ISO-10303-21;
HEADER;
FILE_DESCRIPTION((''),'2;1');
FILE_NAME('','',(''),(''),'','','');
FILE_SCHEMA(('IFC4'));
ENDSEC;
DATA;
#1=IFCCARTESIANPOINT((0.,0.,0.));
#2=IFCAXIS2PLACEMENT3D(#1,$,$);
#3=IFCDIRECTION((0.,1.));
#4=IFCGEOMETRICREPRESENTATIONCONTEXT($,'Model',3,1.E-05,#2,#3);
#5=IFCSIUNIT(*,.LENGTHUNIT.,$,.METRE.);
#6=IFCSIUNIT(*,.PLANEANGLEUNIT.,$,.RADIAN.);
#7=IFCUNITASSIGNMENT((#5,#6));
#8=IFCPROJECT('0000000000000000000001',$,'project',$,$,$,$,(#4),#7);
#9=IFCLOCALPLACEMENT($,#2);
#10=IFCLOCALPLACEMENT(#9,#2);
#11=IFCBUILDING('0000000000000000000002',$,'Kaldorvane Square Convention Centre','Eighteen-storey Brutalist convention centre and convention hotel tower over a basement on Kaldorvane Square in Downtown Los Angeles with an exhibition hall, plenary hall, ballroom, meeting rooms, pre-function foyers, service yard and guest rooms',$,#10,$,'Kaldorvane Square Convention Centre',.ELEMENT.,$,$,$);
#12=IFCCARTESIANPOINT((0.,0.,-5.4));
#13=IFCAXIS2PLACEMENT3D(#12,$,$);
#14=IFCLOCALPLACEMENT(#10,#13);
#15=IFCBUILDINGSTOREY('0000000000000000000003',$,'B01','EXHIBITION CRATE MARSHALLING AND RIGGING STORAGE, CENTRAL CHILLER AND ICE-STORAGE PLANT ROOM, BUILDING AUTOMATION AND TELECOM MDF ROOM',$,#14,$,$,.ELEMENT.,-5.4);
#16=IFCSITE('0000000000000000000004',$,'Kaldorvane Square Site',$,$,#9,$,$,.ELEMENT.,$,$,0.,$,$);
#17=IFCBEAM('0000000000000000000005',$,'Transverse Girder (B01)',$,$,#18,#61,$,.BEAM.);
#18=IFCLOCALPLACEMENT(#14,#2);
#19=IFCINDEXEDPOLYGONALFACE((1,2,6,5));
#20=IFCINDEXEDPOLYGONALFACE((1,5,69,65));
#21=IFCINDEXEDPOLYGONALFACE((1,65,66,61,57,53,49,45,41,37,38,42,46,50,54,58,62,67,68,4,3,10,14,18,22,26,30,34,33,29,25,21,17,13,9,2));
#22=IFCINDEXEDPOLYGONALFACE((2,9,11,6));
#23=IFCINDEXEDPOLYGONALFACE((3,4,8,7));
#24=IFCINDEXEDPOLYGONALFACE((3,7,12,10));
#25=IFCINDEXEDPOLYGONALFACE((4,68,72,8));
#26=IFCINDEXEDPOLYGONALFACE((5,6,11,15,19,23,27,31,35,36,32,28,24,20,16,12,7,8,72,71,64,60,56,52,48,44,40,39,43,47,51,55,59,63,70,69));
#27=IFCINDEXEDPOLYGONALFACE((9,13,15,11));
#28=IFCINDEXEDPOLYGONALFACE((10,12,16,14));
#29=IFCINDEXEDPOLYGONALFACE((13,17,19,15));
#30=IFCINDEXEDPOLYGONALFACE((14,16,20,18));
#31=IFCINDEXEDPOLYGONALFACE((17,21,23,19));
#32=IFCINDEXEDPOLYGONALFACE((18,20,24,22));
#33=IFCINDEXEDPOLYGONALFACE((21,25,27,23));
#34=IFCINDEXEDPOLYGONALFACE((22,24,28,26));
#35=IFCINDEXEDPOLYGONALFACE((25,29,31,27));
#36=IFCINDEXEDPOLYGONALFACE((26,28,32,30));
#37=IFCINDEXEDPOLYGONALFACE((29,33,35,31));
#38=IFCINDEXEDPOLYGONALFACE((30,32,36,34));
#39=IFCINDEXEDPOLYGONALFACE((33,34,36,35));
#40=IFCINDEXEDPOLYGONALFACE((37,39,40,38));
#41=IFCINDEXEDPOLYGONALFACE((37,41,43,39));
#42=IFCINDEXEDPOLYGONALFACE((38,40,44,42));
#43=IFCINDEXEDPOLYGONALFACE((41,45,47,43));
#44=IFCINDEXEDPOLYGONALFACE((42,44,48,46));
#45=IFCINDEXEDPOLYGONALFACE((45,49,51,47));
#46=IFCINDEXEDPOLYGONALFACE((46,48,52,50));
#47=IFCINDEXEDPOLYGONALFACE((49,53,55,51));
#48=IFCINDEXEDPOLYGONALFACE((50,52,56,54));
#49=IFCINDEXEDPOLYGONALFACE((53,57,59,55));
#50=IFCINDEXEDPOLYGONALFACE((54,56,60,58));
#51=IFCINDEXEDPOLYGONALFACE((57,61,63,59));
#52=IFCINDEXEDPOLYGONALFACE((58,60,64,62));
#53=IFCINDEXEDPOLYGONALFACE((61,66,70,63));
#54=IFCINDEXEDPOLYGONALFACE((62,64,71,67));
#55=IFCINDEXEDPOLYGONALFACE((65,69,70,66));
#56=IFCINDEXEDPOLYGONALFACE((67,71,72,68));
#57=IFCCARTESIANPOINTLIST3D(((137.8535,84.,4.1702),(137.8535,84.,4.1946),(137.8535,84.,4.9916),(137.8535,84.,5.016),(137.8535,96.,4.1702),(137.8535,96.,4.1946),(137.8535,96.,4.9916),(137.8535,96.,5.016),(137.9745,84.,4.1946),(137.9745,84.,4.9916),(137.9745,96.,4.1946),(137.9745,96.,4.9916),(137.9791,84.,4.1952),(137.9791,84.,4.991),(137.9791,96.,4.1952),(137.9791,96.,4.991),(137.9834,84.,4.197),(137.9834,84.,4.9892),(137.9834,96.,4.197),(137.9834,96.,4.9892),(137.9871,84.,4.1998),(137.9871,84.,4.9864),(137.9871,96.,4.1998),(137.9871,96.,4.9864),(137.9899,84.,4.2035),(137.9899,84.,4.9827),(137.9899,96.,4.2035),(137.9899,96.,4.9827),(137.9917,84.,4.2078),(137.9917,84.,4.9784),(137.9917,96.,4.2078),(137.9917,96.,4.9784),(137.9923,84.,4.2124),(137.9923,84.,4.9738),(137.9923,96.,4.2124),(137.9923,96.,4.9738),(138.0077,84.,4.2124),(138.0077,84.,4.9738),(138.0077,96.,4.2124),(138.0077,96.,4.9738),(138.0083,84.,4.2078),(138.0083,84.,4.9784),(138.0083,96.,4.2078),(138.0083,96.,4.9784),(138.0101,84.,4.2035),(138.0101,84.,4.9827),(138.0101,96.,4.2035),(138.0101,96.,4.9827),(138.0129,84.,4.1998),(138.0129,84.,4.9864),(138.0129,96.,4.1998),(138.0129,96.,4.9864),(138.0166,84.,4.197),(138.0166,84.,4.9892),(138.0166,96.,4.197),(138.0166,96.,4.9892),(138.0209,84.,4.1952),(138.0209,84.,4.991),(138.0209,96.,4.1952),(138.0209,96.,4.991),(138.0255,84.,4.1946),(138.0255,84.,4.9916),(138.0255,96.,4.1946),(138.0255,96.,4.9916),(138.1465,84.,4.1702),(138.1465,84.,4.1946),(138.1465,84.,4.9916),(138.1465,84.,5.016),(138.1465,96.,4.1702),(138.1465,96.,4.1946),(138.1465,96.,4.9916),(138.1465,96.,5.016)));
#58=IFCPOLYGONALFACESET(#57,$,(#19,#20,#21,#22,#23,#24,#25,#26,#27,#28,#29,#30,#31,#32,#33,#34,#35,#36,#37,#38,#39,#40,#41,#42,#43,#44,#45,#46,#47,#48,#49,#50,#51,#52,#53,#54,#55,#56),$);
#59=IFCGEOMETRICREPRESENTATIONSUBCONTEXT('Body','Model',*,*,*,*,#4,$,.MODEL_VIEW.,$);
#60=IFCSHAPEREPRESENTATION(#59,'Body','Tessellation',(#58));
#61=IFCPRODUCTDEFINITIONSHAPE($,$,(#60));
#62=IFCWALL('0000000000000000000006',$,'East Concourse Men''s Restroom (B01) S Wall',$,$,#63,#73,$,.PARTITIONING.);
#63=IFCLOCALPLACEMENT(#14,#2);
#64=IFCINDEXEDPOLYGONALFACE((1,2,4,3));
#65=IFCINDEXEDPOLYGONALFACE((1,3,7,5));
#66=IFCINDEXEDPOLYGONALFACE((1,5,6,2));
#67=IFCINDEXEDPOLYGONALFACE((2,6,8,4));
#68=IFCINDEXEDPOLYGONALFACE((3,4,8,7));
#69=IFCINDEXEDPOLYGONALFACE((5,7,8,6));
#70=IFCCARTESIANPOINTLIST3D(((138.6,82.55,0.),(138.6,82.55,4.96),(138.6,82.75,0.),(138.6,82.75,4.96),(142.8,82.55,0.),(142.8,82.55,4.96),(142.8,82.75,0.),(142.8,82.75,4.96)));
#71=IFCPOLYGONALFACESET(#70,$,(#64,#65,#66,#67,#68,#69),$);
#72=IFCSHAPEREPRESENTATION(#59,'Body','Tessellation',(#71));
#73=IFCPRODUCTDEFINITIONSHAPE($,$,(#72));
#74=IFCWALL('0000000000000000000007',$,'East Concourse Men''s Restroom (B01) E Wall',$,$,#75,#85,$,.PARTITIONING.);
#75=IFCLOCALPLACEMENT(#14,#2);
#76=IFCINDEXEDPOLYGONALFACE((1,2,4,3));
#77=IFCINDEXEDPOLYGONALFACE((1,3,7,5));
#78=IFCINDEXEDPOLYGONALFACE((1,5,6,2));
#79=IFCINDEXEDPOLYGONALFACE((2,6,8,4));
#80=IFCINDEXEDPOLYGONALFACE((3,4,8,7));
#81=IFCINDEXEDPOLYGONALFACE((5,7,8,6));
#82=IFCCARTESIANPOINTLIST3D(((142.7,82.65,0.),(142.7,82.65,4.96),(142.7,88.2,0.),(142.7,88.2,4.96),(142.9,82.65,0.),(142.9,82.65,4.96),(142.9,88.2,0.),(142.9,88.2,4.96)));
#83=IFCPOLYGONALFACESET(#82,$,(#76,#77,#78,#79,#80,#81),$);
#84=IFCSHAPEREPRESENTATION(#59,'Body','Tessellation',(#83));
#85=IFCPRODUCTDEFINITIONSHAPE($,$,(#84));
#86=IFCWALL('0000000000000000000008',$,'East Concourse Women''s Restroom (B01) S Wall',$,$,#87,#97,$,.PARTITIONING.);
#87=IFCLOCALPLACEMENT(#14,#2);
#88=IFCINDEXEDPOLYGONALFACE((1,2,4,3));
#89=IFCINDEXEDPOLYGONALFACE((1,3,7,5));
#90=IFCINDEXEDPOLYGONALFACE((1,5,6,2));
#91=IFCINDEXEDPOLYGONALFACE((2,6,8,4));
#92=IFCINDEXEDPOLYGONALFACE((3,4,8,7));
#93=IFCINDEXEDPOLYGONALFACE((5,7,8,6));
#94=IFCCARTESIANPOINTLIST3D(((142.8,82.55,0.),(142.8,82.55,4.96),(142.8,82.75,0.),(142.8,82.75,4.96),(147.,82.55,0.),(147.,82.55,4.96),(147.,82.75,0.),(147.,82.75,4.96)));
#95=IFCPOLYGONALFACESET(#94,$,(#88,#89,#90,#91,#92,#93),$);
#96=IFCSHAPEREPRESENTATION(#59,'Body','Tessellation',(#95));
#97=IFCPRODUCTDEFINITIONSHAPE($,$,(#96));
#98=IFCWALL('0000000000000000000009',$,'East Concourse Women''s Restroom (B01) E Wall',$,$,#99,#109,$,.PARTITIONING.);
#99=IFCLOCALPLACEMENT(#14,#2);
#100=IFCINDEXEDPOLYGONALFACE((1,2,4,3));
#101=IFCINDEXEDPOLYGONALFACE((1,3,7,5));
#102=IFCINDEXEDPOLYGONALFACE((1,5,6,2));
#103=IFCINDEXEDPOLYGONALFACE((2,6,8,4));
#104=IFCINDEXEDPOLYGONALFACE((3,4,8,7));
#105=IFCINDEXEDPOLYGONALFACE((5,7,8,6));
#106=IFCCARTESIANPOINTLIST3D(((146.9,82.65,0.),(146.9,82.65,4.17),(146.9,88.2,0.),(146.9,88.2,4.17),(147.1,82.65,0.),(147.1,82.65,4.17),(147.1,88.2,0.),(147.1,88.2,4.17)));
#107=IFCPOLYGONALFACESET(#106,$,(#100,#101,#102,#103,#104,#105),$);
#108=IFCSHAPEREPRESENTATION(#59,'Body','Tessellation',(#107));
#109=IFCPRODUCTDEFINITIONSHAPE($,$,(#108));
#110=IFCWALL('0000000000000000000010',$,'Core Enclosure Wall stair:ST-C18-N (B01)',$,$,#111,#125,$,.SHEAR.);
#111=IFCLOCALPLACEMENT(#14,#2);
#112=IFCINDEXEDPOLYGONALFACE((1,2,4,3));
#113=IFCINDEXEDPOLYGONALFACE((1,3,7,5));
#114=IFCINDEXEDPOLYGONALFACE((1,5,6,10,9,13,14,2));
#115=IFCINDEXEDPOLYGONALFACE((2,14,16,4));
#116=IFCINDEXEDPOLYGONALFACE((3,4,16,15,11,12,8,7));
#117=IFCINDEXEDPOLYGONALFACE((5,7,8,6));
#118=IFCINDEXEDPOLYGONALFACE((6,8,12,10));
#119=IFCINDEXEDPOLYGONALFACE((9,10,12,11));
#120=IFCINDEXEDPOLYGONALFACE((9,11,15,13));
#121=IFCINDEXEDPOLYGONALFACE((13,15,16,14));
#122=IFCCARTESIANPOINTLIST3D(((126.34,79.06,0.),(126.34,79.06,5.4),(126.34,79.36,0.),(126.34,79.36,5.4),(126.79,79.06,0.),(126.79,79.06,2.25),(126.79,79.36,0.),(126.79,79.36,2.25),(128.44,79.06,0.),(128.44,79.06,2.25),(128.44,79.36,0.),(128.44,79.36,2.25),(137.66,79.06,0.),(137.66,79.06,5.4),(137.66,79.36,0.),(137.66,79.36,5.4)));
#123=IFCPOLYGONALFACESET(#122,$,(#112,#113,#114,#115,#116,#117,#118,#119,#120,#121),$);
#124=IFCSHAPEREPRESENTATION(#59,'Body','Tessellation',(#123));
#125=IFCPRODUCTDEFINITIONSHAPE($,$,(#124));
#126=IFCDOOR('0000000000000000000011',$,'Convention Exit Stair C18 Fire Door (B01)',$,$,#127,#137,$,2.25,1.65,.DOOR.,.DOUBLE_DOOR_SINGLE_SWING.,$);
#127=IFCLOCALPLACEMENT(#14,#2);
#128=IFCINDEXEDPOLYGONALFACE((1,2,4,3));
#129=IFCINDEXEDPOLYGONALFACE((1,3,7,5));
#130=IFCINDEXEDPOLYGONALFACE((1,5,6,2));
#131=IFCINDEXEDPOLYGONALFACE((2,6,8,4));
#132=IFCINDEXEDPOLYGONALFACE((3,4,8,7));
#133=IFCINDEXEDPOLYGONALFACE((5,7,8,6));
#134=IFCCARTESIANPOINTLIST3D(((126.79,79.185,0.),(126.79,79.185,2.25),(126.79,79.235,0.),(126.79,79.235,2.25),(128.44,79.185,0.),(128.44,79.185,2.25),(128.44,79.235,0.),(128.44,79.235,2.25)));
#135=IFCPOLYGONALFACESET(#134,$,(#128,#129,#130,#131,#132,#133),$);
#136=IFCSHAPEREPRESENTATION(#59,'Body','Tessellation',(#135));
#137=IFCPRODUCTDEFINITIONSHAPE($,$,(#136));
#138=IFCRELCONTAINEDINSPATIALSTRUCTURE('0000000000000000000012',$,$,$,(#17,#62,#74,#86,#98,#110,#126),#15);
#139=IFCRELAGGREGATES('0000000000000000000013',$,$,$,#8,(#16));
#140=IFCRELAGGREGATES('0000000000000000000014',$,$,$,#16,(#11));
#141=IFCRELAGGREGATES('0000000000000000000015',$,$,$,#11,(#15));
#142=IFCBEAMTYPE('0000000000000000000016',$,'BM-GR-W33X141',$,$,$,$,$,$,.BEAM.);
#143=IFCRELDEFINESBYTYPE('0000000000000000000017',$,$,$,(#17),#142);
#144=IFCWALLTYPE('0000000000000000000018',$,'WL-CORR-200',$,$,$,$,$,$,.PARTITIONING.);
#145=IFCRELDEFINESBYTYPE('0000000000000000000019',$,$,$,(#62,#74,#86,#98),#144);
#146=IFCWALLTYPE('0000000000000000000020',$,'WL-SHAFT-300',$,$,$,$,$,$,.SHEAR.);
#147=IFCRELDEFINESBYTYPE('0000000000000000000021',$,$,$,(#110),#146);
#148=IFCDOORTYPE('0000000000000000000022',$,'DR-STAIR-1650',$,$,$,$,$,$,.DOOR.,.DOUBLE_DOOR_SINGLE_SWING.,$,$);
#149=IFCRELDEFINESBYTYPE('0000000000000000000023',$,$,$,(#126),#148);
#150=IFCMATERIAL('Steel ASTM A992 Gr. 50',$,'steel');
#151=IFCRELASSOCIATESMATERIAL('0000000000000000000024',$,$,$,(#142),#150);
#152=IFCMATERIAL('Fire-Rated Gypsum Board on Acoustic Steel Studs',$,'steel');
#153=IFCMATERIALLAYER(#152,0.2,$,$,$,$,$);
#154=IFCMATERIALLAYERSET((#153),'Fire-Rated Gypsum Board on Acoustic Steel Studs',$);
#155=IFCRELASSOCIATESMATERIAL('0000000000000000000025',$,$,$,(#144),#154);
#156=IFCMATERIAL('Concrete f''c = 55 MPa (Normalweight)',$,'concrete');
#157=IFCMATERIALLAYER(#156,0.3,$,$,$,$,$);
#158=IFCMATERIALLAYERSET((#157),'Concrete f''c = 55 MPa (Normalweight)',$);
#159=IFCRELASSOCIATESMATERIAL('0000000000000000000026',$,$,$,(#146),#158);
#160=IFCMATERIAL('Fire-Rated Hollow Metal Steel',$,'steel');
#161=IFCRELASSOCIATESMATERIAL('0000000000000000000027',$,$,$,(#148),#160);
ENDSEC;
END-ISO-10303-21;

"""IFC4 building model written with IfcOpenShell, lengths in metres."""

from ifc_helpers import new_model, si_unit, direction, frame, frame_2d, origin, origin_2d, place, context, subcontext, project, spatial, rectangle, i_section, extrude, material, layer, layer_set, material_profile, profile_set, type_object, element, fill, save


model = new_model("IFC4")

# Units and contexts
model_context = context("Model", 3, precision=1e-05, world=origin(), true_north=direction((0.0, 1.0)))
body_context = subcontext(model_context, "Body", "Model", "MODEL_VIEW")
ifc_project = project(units=[si_unit("LENGTHUNIT", "METRE"), si_unit("PLANEANGLEUNIT", "RADIAN")], contexts=[model_context])

# Site, building, storey
site_placement = place(None, origin())
site = spatial("IfcSite", under=ifc_project, at=site_placement, Name="Kaldorvane Square Site", CompositionType="ELEMENT", RefElevation=0.0)
building_placement = place(site_placement, origin())
building = spatial("IfcBuilding", under=site, at=building_placement, Name="Kaldorvane Square Convention Centre", Description="Eighteen-storey Brutalist convention centre and convention hotel tower over a basement on Kaldorvane Square in Downtown Los Angeles with an exhibition hall, plenary hall, ballroom, meeting rooms, pre-function foyers, service yard and guest rooms", LongName="Kaldorvane Square Convention Centre", CompositionType="ELEMENT")
storey_placement = place(building_placement, frame((0.0, 0.0, -5.4)))
storey = spatial("IfcBuildingStorey", under=building, at=storey_placement, Name="B01", Description="EXHIBITION CRATE MARSHALLING AND RIGGING STORAGE, CENTRAL CHILLER AND ICE-STORAGE PLANT ROOM, BUILDING AUTOMATION AND TELECOM MDF ROOM", CompositionType="ELEMENT", Elevation=-5.4)

# Shared definitions
ifc_material_1 = material(Name="Steel ASTM A992 Gr. 50", Category="steel")

# Beam
ifc_material_profile_1 = material_profile(ifc_material_1, i_section(OverallWidth=0.293, OverallDepth=0.8458, WebThickness=0.0154, FlangeThickness=0.0244, FilletRadius=0.0178, at=origin_2d()), Name="W33X141")
ifc_profile_set_1 = profile_set([ifc_material_profile_1], Name="Steel ASTM A992 Gr. 50")
beam_type_1 = type_object("IfcBeamType", Name="BM-GR-W33X141", PredefinedType="BEAM", material=ifc_profile_set_1)
beam_placement = place(storey_placement, frame((138.0, 84.0, 4.5931), z_axis=(0.0, 1.0, 0.0), x_axis=(-1.0, 0.0, 0.0)))
element("IfcBeam", 1, at=beam_placement, inside=storey, type_object=beam_type_1, Name="Transverse Girder (B01)", PredefinedType="BEAM", context=body_context, shape_type="SweptSolid", body=[
    extrude(i_section(OverallWidth=0.293, OverallDepth=0.8458, WebThickness=0.0154, FlangeThickness=0.0244, FilletRadius=0.0178, at=origin_2d()), origin(), (0.0, 0.0, 1.0), 12.0),
])

# Walls
ifc_material_2 = material(Name="Fire-Rated Gypsum Board on Acoustic Steel Studs", Category="steel")
ifc_layer_1 = layer(ifc_material_2, 0.2)
ifc_layer_set_1 = layer_set([ifc_layer_1], Name="Fire-Rated Gypsum Board on Acoustic Steel Studs")
wall_type_1 = type_object("IfcWallType", Name="WL-CORR-200", PredefinedType="PARTITIONING", material=ifc_layer_set_1)
wall_1_placement = place(storey_placement, frame((138.6, 82.65, 0.0), z_axis=(0.0, 0.0, 1.0), x_axis=(1.0, 0.0, 0.0)))
element("IfcWall", 2, at=wall_1_placement, inside=storey, type_object=wall_type_1, Name="East Concourse Men's Restroom (B01) S Wall", PredefinedType="PARTITIONING", context=body_context, shape_type="SweptSolid", body=[
    extrude(rectangle(XDim=4.2, YDim=0.2, at=frame_2d((2.1, 0.0))), origin(), (0.0, 0.0, 1.0), 4.96),
])
wall_2_placement = place(storey_placement, frame((142.8, 82.65, 0.0), z_axis=(0.0, 0.0, 1.0), x_axis=(0.0, 1.0, 0.0)))
element("IfcWall", 3, at=wall_2_placement, inside=storey, type_object=wall_type_1, Name="East Concourse Men's Restroom (B01) E Wall", PredefinedType="PARTITIONING", context=body_context, shape_type="SweptSolid", body=[
    extrude(rectangle(XDim=5.55, YDim=0.2, at=frame_2d((2.775, 0.0))), origin(), (0.0, 0.0, 1.0), 4.96),
])
wall_3_placement = place(storey_placement, frame((142.8, 82.65, 0.0), z_axis=(0.0, 0.0, 1.0), x_axis=(1.0, 0.0, 0.0)))
element("IfcWall", 4, at=wall_3_placement, inside=storey, type_object=wall_type_1, Name="East Concourse Women's Restroom (B01) S Wall", PredefinedType="PARTITIONING", context=body_context, shape_type="SweptSolid", body=[
    extrude(rectangle(XDim=4.2, YDim=0.2, at=frame_2d((2.1, 0.0))), origin(), (0.0, 0.0, 1.0), 4.96),
])
wall_4_placement = place(storey_placement, frame((147.0, 82.65, 0.0), z_axis=(0.0, 0.0, 1.0), x_axis=(0.0, 1.0, 0.0)))
element("IfcWall", 5, at=wall_4_placement, inside=storey, type_object=wall_type_1, Name="East Concourse Women's Restroom (B01) E Wall", PredefinedType="PARTITIONING", context=body_context, shape_type="SweptSolid", body=[
    extrude(rectangle(XDim=5.55, YDim=0.2, at=frame_2d((2.775, 0.0))), origin(), (0.0, 0.0, 1.0), 4.17),
])

# Wall, opening, door
ifc_material_3 = material(Name="Concrete f'c = 55 MPa (Normalweight)", Category="concrete")
ifc_layer_2 = layer(ifc_material_3, 0.3)
ifc_layer_set_2 = layer_set([ifc_layer_2], Name="Concrete f'c = 55 MPa (Normalweight)")
wall_type_2 = type_object("IfcWallType", Name="WL-SHAFT-300", PredefinedType="SHEAR", material=ifc_layer_set_2)
wall_5_placement = place(storey_placement, frame((137.66, 79.21, 0.0), z_axis=(0.0, 0.0, 1.0), x_axis=(-1.0, 0.0, 0.0)))
wall_5 = element("IfcWall", 6, at=wall_5_placement, inside=storey, type_object=wall_type_2, Name="Core Enclosure Wall stair:ST-C18-N (B01)", PredefinedType="SHEAR", context=body_context, shape_type="SweptSolid", body=[
    extrude(rectangle(XDim=11.32, YDim=0.3, at=frame_2d((5.66, 0.0))), origin(), (0.0, 0.0, 1.0), 5.4),
])
opening_placement = place(wall_5_placement, frame((9.22, 0.0, 0.0)))
opening = element("IfcOpeningElement", 7, at=opening_placement, cuts=wall_5, PredefinedType="OPENING", context=body_context, shape_type="SweptSolid", body=[
    extrude(rectangle(XDim=1.65, YDim=2.25, at=frame_2d((0.825, 1.125))), frame((0.0, 0.165, 0.0), z_axis=(0.0, -1.0, 0.0), x_axis=(1.0, 0.0, 0.0)), (0.0, 0.0, 1.0), 0.33),
])
ifc_material_4 = material(Name="Fire-Rated Hollow Metal Steel", Category="steel")
door_type = type_object("IfcDoorType", Name="DR-STAIR-1650", OperationType="DOUBLE_DOOR_SINGLE_SWING", PredefinedType="DOOR", material=ifc_material_4)
door_placement = place(opening_placement, origin())
door = element("IfcDoor", 8, at=door_placement, inside=storey, type_object=door_type, Name="Convention Exit Stair C18 Fire Door (B01)", OperationType="DOUBLE_DOOR_SINGLE_SWING", OverallHeight=2.25, OverallWidth=1.65, PredefinedType="DOOR", context=body_context, shape_type="SweptSolid", body=[
    extrude(rectangle(XDim=1.65, YDim=2.25, at=frame_2d((0.825, 1.125))), frame((0.0, 0.025, 0.0), z_axis=(0.0, -1.0, 0.0), x_axis=(1.0, 0.0, 0.0)), (0.0, 0.0, 1.0), 0.05),
])
fill(opening, door)

save(model, "model.ifc")
